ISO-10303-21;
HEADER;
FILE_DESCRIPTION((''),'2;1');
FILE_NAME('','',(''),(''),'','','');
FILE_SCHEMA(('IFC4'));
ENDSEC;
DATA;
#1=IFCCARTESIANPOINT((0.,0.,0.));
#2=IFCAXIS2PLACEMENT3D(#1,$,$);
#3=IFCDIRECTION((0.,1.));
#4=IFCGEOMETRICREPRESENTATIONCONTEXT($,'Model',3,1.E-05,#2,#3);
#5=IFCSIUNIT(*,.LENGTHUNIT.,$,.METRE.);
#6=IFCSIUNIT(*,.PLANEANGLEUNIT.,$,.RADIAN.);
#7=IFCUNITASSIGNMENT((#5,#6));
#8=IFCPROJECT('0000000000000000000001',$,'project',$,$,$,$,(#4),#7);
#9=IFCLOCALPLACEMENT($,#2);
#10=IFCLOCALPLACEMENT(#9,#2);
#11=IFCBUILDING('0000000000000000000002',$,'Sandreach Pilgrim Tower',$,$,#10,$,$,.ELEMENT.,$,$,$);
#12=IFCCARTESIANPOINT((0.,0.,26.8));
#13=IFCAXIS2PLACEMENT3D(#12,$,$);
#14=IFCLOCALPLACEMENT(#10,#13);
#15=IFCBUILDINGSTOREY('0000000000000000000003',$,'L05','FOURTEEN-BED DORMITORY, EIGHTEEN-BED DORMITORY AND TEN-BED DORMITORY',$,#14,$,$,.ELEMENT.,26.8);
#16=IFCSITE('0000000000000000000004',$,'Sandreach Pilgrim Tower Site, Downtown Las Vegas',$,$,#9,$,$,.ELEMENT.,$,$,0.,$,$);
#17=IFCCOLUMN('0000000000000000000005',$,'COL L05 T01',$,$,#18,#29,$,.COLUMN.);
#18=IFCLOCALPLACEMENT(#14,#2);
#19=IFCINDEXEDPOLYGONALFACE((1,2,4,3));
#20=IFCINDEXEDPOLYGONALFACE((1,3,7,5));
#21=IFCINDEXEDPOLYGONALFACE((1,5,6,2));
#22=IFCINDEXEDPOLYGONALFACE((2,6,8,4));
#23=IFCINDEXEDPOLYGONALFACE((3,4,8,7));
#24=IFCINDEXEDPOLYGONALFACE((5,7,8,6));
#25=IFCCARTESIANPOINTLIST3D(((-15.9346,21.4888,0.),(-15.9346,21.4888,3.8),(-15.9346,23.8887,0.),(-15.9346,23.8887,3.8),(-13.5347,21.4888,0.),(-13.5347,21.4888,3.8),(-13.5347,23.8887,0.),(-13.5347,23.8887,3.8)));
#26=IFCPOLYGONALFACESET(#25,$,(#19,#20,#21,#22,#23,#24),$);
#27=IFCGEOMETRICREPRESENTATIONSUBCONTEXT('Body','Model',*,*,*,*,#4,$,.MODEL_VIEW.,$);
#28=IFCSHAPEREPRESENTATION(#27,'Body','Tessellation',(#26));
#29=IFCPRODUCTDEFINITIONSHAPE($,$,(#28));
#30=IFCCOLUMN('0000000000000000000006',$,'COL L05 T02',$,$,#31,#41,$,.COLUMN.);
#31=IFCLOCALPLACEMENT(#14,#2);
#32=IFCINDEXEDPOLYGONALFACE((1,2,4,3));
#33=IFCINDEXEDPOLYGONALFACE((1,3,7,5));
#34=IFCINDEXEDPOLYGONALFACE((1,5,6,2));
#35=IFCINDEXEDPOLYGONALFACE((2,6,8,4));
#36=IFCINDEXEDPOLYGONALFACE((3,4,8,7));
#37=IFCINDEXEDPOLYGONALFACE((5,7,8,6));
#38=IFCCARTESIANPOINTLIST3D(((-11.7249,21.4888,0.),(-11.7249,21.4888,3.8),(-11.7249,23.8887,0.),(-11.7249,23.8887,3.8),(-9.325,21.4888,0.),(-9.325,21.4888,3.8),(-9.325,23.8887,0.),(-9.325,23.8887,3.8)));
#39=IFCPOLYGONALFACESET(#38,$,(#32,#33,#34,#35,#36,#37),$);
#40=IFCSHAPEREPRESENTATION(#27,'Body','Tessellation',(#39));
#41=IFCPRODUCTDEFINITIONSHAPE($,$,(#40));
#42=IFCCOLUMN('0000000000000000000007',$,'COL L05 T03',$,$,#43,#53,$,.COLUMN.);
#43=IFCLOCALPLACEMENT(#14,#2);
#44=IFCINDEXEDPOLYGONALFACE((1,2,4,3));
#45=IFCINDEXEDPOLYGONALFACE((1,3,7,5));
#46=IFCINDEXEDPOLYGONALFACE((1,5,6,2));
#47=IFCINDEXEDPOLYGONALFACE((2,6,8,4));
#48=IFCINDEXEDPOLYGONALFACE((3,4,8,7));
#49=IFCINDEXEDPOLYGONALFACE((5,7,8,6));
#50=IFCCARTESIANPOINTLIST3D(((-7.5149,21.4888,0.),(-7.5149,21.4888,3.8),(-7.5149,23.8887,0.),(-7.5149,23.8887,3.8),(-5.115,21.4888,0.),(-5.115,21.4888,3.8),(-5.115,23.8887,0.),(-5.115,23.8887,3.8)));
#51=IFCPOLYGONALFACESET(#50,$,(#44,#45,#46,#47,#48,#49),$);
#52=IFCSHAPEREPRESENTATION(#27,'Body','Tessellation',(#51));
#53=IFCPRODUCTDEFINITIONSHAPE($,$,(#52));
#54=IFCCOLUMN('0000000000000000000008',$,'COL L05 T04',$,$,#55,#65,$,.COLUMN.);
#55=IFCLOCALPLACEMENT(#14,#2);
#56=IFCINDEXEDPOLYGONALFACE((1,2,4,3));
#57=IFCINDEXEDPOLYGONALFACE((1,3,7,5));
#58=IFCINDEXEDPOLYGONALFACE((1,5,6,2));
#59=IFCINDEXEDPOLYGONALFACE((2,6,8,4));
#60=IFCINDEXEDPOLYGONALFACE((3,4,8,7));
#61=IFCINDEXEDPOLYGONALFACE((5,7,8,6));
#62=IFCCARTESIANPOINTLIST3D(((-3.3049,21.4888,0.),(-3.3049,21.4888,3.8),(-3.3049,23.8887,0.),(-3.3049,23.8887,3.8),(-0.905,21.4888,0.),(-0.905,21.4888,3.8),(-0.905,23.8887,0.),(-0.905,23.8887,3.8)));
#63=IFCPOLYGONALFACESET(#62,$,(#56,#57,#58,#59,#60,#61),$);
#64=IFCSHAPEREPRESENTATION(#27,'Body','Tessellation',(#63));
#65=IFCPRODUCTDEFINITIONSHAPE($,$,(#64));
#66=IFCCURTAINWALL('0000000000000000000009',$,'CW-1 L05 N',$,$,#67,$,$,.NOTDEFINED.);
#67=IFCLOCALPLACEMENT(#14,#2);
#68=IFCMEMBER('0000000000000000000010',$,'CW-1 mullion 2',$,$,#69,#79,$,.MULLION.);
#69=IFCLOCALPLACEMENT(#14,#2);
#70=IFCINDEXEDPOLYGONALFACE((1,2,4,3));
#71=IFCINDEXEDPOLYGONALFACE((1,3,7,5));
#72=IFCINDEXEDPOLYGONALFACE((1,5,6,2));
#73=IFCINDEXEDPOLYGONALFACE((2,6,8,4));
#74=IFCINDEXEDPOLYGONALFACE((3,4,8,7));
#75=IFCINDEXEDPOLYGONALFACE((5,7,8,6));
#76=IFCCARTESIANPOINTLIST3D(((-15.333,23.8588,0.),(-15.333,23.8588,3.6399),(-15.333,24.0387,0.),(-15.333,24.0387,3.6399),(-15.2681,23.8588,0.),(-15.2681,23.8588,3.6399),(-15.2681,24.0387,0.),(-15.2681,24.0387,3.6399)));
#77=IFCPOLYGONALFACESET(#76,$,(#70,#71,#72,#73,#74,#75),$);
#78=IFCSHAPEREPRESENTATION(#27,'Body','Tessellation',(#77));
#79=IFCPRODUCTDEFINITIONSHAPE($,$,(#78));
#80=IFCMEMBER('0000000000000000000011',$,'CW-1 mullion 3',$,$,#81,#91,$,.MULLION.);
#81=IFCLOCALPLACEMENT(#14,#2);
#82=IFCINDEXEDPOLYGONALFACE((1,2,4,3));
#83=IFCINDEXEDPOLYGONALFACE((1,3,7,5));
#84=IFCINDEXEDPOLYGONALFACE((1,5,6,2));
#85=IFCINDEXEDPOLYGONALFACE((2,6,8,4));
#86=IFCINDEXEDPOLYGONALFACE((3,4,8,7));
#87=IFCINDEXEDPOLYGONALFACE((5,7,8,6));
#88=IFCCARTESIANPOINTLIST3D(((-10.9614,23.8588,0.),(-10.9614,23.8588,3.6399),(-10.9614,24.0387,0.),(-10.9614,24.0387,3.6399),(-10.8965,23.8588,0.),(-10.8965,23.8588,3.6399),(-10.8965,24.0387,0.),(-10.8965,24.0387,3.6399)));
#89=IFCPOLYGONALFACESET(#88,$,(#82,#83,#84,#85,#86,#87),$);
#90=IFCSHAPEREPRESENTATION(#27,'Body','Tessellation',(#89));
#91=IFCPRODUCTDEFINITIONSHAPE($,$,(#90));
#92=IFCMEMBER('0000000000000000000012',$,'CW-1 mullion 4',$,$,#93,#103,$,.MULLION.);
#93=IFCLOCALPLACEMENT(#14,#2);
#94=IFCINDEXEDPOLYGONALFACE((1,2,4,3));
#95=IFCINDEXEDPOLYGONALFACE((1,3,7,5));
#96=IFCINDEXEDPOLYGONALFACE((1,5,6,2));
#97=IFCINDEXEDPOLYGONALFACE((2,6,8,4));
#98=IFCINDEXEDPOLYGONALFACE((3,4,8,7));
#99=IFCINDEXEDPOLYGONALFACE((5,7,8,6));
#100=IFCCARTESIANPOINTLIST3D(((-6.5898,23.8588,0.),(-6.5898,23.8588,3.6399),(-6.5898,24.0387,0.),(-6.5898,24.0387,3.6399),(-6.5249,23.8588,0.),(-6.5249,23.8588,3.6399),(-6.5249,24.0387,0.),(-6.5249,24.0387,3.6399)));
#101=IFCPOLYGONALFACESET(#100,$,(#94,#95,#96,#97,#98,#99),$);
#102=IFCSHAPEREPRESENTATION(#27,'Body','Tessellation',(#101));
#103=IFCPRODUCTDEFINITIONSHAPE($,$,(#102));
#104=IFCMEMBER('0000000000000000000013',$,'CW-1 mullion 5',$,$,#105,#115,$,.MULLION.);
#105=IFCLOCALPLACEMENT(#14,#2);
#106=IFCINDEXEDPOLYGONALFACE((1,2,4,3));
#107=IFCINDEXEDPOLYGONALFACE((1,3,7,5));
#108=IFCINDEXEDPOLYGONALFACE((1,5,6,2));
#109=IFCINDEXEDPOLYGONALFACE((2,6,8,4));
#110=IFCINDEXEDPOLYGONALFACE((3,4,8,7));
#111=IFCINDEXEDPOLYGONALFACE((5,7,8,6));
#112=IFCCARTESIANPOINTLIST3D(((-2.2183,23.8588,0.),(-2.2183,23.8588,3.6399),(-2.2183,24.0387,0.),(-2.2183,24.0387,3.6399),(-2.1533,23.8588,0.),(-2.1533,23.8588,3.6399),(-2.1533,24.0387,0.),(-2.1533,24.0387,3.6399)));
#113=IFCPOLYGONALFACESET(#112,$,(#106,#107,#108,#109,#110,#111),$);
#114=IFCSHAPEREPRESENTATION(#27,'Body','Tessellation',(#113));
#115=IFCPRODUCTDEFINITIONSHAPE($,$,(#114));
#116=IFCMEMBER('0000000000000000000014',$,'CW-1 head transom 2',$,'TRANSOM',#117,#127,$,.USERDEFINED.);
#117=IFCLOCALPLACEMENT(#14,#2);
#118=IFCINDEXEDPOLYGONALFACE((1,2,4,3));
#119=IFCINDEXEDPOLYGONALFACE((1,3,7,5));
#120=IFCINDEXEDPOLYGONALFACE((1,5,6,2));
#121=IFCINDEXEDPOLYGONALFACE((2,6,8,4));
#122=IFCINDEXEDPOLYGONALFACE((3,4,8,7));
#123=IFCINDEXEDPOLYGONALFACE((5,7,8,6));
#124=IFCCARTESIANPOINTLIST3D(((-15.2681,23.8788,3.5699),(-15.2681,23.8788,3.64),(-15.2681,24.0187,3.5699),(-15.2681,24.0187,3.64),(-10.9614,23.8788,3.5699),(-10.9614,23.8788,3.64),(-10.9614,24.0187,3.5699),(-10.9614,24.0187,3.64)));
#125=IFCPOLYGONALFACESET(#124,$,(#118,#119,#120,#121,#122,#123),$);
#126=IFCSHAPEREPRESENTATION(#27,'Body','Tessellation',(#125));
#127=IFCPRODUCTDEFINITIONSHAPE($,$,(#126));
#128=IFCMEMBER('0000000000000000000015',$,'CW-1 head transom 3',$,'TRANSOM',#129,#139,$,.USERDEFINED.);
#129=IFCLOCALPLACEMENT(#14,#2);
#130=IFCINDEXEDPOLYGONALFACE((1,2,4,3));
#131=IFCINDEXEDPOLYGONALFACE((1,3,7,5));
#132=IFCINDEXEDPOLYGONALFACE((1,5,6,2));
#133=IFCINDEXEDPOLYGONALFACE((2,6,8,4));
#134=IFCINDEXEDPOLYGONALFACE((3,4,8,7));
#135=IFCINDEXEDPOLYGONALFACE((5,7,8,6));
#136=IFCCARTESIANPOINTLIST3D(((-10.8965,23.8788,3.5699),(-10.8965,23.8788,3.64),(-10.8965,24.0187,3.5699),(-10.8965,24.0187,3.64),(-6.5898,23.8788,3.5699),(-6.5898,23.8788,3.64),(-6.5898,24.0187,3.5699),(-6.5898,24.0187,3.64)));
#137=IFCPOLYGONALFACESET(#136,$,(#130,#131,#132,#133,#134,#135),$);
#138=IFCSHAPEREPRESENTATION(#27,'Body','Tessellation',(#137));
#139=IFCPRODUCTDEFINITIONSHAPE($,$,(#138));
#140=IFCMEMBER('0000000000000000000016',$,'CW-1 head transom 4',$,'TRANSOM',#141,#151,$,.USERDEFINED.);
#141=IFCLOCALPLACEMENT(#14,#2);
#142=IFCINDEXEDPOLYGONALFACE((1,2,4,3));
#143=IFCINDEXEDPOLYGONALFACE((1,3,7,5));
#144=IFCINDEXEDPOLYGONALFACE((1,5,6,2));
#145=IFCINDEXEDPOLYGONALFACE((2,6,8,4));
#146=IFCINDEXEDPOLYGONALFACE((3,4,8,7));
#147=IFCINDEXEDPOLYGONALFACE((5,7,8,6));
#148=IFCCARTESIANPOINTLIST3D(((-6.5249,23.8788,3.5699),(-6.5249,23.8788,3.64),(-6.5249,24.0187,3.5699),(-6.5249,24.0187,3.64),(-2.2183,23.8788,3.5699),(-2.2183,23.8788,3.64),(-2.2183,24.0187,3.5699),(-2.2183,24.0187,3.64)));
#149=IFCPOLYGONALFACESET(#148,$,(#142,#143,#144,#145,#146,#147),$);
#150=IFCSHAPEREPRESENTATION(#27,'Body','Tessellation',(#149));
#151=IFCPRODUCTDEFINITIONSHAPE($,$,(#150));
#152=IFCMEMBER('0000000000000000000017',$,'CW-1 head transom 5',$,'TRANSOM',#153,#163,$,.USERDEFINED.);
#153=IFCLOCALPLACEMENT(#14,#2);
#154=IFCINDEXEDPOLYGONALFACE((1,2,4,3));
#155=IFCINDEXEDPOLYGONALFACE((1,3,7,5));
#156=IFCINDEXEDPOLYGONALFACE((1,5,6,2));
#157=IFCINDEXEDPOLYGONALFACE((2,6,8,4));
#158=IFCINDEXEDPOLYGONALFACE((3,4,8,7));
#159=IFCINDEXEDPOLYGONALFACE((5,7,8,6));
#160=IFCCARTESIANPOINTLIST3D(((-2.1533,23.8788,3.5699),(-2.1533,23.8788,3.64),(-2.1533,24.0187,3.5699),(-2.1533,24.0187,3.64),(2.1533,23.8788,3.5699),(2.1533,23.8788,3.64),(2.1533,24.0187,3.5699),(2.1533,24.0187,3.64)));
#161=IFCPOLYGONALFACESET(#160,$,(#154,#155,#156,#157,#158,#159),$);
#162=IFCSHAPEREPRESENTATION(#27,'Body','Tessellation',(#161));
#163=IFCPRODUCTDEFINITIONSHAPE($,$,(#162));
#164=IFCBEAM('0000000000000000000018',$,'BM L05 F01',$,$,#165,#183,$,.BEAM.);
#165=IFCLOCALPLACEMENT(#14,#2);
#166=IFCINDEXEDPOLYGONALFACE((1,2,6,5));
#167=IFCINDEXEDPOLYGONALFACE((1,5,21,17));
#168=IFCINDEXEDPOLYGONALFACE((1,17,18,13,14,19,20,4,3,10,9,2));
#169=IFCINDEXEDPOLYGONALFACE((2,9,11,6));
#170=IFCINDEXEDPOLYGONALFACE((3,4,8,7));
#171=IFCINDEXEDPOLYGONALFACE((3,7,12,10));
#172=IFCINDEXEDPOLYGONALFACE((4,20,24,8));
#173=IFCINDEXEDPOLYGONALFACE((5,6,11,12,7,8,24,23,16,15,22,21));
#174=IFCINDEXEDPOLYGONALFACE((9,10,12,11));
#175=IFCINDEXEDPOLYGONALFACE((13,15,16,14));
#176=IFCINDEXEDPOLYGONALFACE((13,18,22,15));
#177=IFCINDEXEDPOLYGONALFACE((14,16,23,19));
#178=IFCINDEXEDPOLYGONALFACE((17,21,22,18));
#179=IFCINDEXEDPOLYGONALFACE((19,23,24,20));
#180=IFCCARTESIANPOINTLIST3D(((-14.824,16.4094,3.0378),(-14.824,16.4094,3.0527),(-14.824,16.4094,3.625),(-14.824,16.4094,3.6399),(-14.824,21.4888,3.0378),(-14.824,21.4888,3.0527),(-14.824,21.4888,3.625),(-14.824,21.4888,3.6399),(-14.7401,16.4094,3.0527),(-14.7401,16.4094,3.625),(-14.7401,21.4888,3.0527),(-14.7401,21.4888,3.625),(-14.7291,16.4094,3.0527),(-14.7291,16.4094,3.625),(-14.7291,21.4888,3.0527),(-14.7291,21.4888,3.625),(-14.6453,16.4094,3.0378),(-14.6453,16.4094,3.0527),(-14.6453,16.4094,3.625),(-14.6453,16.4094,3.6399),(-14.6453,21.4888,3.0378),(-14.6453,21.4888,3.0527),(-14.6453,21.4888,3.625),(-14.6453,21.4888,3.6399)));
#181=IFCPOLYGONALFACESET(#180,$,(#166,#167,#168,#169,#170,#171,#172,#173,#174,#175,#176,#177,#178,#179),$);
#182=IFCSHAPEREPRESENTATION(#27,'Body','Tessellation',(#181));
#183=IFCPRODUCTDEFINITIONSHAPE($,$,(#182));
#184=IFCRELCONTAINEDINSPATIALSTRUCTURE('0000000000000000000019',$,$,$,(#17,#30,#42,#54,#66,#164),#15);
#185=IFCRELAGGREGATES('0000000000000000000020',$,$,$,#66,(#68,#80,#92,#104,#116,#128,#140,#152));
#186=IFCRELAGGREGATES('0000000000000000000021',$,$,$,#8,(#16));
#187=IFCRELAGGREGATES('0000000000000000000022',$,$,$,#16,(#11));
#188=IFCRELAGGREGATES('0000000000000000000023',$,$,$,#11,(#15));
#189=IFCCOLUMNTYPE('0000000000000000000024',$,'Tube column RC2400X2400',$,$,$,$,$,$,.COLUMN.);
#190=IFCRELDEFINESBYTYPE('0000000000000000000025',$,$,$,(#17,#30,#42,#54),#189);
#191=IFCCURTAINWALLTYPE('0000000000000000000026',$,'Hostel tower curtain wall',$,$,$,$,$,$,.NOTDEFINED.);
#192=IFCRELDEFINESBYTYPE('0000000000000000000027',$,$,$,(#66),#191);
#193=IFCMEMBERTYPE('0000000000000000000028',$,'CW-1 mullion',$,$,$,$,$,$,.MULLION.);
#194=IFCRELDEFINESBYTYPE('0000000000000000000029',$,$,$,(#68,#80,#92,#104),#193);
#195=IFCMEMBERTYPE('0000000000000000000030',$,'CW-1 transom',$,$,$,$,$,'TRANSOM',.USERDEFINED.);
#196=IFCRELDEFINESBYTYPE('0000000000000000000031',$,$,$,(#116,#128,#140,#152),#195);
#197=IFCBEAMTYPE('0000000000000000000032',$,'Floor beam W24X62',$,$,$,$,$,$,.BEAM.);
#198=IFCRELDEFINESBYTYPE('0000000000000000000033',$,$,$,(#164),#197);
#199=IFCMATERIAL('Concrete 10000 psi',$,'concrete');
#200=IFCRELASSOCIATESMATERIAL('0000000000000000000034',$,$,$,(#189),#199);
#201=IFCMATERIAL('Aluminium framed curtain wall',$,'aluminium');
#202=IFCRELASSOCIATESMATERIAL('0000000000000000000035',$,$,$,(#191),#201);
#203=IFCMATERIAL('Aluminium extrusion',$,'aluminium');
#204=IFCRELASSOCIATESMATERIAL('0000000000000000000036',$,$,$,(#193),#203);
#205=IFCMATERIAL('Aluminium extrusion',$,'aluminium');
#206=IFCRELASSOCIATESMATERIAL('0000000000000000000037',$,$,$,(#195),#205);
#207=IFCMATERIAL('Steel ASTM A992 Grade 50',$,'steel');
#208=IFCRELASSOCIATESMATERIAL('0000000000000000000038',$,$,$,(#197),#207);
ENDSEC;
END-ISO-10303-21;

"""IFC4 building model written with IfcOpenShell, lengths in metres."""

from ifc_helpers import new_model, si_unit, direction, frame, origin, origin_2d, place, context, subcontext, project, spatial, rectangle, i_section, extrude, material, material_profile, profile_set, type_object, element, aggregate, save


model = new_model("IFC4")

# Units and contexts
model_context = context("Model", 3, precision=1e-05, world=origin(), true_north=direction((0.0, 1.0)))
body_context = subcontext(model_context, "Body", "Model", "MODEL_VIEW")
ifc_project = project(units=[si_unit("LENGTHUNIT", "METRE"), si_unit("PLANEANGLEUNIT", "RADIAN")], contexts=[model_context])

# Site, building, storey
site_placement = place(None, origin())
site = spatial("IfcSite", under=ifc_project, at=site_placement, Name="Sandreach Pilgrim Tower Site, Downtown Las Vegas", CompositionType="ELEMENT", RefElevation=0.0)
building_placement = place(site_placement, origin())
building = spatial("IfcBuilding", under=site, at=building_placement, Name="Sandreach Pilgrim Tower", CompositionType="ELEMENT")
storey_placement = place(building_placement, frame((0.0, 0.0, 26.8)))
storey = spatial("IfcBuildingStorey", under=building, at=storey_placement, Name="L05", Description="FOURTEEN-BED DORMITORY, EIGHTEEN-BED DORMITORY AND TEN-BED DORMITORY", CompositionType="ELEMENT", Elevation=26.8)

# Columns
ifc_material_1 = material(Name="Concrete 10000 psi", Category="concrete")
ifc_material_profile_1 = material_profile(ifc_material_1, rectangle(XDim=2.3999, YDim=2.3999, at=origin_2d()), Name="RC2400X2400")
ifc_profile_set_1 = profile_set([ifc_material_profile_1], Name="Concrete 10000 psi")
column_type = type_object("IfcColumnType", Name="Tube column RC2400X2400", PredefinedType="COLUMN", material=ifc_profile_set_1)
for number, where, z_axis, x_axis, name in (
    (1, (-14.7346, 22.6887, 0.0), (0.0, 0.0, 1.0), (0.0, 1.0, 0.0), "COL L05 T01"),
    (2, (-10.5249, 22.6887, 0.0), (0.0, 0.0, 1.0), (0.0, 1.0, 0.0), "COL L05 T02"),
    (3, (-6.3149, 22.6887, 0.0), (0.0, 0.0, 1.0), (0.0, 1.0, 0.0), "COL L05 T03"),
    (4, (-2.105, 22.6887, 0.0), (0.0, 0.0, 1.0), (0.0, 1.0, 0.0), "COL L05 T04"),
):
    element("IfcColumn", number, at=place(storey_placement, frame(where, z_axis=z_axis, x_axis=x_axis)), inside=storey, type_object=column_type, Name=name, PredefinedType="COLUMN", context=body_context, shape_type="SweptSolid", body=[
        extrude(rectangle(XDim=2.3999, YDim=2.3999, at=origin_2d()), origin(), (0.0, 0.0, 1.0), 3.8),
    ])

# Curtain wall, members
ifc_material_2 = material(Name="Aluminium framed curtain wall", Category="aluminium")
curtain_wall_type = type_object("IfcCurtainWallType", Name="Hostel tower curtain wall", PredefinedType="NOTDEFINED", material=ifc_material_2)
curtain_wall_placement = place(storey_placement, origin())
curtain_wall = element("IfcCurtainWall", 5, at=curtain_wall_placement, inside=storey, type_object=curtain_wall_type, Name="CW-1 L05 N", PredefinedType="NOTDEFINED")
ifc_material_3 = material(Name="Aluminium extrusion", Category="aluminium")
ifc_material_profile_2 = material_profile(ifc_material_3, rectangle(XDim=0.0649, YDim=0.1799, at=origin_2d()), Name="CW-1M 65X180")
ifc_profile_set_2 = profile_set([ifc_material_profile_2], Name="Aluminium extrusion")
member_type_1 = type_object("IfcMemberType", Name="CW-1 mullion", PredefinedType="MULLION", material=ifc_profile_set_2)
member_1_placement = place(storey_placement, frame((-15.3005, 23.9487, 0.0), z_axis=(0.0, 0.0, 1.0), x_axis=(1.0, 0.0, 0.0)))
member_1 = element("IfcMember", 6, at=member_1_placement, type_object=member_type_1, Name="CW-1 mullion 2", PredefinedType="MULLION", context=body_context, shape_type="SweptSolid", body=[
    extrude(rectangle(XDim=0.0649, YDim=0.1799, at=origin_2d()), origin(), (0.0, 0.0, 1.0), 3.6399),
])
member_2_placement = place(storey_placement, frame((-10.929, 23.9487, 0.0), z_axis=(0.0, 0.0, 1.0), x_axis=(1.0, 0.0, 0.0)))
member_2 = element("IfcMember", 7, at=member_2_placement, type_object=member_type_1, Name="CW-1 mullion 3", PredefinedType="MULLION", context=body_context, shape_type="SweptSolid", body=[
    extrude(rectangle(XDim=0.0649, YDim=0.1799, at=origin_2d()), origin(), (0.0, 0.0, 1.0), 3.6399),
])
member_3_placement = place(storey_placement, frame((-6.5574, 23.9487, 0.0), z_axis=(0.0, 0.0, 1.0), x_axis=(1.0, 0.0, 0.0)))
member_3 = element("IfcMember", 8, at=member_3_placement, type_object=member_type_1, Name="CW-1 mullion 4", PredefinedType="MULLION", context=body_context, shape_type="SweptSolid", body=[
    extrude(rectangle(XDim=0.0649, YDim=0.1799, at=origin_2d()), origin(), (0.0, 0.0, 1.0), 3.6399),
])
member_4_placement = place(storey_placement, frame((-2.1858, 23.9487, 0.0), z_axis=(0.0, 0.0, 1.0), x_axis=(1.0, 0.0, 0.0)))
member_4 = element("IfcMember", 9, at=member_4_placement, type_object=member_type_1, Name="CW-1 mullion 5", PredefinedType="MULLION", context=body_context, shape_type="SweptSolid", body=[
    extrude(rectangle(XDim=0.0649, YDim=0.1799, at=origin_2d()), origin(), (0.0, 0.0, 1.0), 3.6399),
])
ifc_material_4 = material(Name="Aluminium extrusion", Category="aluminium")
ifc_material_profile_3 = material_profile(ifc_material_4, rectangle(XDim=0.1399, YDim=0.0701, at=origin_2d()), Name="CW-1T 140X70")
ifc_profile_set_3 = profile_set([ifc_material_profile_3], Name="Aluminium extrusion")
member_type_2 = type_object("IfcMemberType", Name="CW-1 transom", ElementType="TRANSOM", PredefinedType="USERDEFINED", material=ifc_profile_set_3)
member_5_placement = place(storey_placement, frame((-15.2681, 23.9487, 3.605), z_axis=(1.0, 0.0, 0.0), x_axis=(0.0, 1.0, 0.0)))
member_5 = element("IfcMember", 10, at=member_5_placement, type_object=member_type_2, Name="CW-1 head transom 2", ObjectType="TRANSOM", PredefinedType="USERDEFINED", context=body_context, shape_type="SweptSolid", body=[
    extrude(rectangle(XDim=0.1399, YDim=0.0701, at=origin_2d()), origin(), (0.0, 0.0, 1.0), 4.3066),
])
member_6_placement = place(storey_placement, frame((-10.8965, 23.9487, 3.605), z_axis=(1.0, 0.0, 0.0), x_axis=(0.0, 1.0, 0.0)))
member_6 = element("IfcMember", 11, at=member_6_placement, type_object=member_type_2, Name="CW-1 head transom 3", ObjectType="TRANSOM", PredefinedType="USERDEFINED", context=body_context, shape_type="SweptSolid", body=[
    extrude(rectangle(XDim=0.1399, YDim=0.0701, at=origin_2d()), origin(), (0.0, 0.0, 1.0), 4.3066),
])
member_7_placement = place(storey_placement, frame((-6.5249, 23.9487, 3.605), z_axis=(1.0, 0.0, 0.0), x_axis=(0.0, 1.0, 0.0)))
member_7 = element("IfcMember", 12, at=member_7_placement, type_object=member_type_2, Name="CW-1 head transom 4", ObjectType="TRANSOM", PredefinedType="USERDEFINED", context=body_context, shape_type="SweptSolid", body=[
    extrude(rectangle(XDim=0.1399, YDim=0.0701, at=origin_2d()), origin(), (0.0, 0.0, 1.0), 4.3066),
])
member_8_placement = place(storey_placement, frame((-2.1533, 23.9487, 3.605), z_axis=(1.0, 0.0, 0.0), x_axis=(0.0, 1.0, 0.0)))
member_8 = element("IfcMember", 13, at=member_8_placement, type_object=member_type_2, Name="CW-1 head transom 5", ObjectType="TRANSOM", PredefinedType="USERDEFINED", context=body_context, shape_type="SweptSolid", body=[
    extrude(rectangle(XDim=0.1399, YDim=0.0701, at=origin_2d()), origin(), (0.0, 0.0, 1.0), 4.3066),
])

# Beam
ifc_material_5 = material(Name="Steel ASTM A992 Grade 50", Category="steel")
ifc_material_profile_4 = material_profile(ifc_material_5, i_section(OverallWidth=0.1787, OverallDepth=0.6021, WebThickness=0.011, FlangeThickness=0.0149, at=origin_2d()), Name="W24X62")
ifc_profile_set_4 = profile_set([ifc_material_profile_4], Name="Steel ASTM A992 Grade 50")
beam_type_1 = type_object("IfcBeamType", Name="Floor beam W24X62", PredefinedType="BEAM", material=ifc_profile_set_4)
beam_1_placement = place(storey_placement, frame((-14.7346, 21.4888, 3.3389), z_axis=(0.0, -1.0, 0.0), x_axis=(1.0, 0.0, 0.0)))
element("IfcBeam", 14, at=beam_1_placement, inside=storey, type_object=beam_type_1, Name="BM L05 F01", PredefinedType="BEAM", context=body_context, shape_type="SweptSolid", body=[
    extrude(i_section(OverallWidth=0.1787, OverallDepth=0.6021, WebThickness=0.011, FlangeThickness=0.0149, at=origin_2d()), origin(), (0.0, 0.0, 1.0), 5.0793),
])

aggregate(curtain_wall, [member_1, member_2, member_3, member_4, member_5, member_6, member_7, member_8])

save(model, "model.ifc")
